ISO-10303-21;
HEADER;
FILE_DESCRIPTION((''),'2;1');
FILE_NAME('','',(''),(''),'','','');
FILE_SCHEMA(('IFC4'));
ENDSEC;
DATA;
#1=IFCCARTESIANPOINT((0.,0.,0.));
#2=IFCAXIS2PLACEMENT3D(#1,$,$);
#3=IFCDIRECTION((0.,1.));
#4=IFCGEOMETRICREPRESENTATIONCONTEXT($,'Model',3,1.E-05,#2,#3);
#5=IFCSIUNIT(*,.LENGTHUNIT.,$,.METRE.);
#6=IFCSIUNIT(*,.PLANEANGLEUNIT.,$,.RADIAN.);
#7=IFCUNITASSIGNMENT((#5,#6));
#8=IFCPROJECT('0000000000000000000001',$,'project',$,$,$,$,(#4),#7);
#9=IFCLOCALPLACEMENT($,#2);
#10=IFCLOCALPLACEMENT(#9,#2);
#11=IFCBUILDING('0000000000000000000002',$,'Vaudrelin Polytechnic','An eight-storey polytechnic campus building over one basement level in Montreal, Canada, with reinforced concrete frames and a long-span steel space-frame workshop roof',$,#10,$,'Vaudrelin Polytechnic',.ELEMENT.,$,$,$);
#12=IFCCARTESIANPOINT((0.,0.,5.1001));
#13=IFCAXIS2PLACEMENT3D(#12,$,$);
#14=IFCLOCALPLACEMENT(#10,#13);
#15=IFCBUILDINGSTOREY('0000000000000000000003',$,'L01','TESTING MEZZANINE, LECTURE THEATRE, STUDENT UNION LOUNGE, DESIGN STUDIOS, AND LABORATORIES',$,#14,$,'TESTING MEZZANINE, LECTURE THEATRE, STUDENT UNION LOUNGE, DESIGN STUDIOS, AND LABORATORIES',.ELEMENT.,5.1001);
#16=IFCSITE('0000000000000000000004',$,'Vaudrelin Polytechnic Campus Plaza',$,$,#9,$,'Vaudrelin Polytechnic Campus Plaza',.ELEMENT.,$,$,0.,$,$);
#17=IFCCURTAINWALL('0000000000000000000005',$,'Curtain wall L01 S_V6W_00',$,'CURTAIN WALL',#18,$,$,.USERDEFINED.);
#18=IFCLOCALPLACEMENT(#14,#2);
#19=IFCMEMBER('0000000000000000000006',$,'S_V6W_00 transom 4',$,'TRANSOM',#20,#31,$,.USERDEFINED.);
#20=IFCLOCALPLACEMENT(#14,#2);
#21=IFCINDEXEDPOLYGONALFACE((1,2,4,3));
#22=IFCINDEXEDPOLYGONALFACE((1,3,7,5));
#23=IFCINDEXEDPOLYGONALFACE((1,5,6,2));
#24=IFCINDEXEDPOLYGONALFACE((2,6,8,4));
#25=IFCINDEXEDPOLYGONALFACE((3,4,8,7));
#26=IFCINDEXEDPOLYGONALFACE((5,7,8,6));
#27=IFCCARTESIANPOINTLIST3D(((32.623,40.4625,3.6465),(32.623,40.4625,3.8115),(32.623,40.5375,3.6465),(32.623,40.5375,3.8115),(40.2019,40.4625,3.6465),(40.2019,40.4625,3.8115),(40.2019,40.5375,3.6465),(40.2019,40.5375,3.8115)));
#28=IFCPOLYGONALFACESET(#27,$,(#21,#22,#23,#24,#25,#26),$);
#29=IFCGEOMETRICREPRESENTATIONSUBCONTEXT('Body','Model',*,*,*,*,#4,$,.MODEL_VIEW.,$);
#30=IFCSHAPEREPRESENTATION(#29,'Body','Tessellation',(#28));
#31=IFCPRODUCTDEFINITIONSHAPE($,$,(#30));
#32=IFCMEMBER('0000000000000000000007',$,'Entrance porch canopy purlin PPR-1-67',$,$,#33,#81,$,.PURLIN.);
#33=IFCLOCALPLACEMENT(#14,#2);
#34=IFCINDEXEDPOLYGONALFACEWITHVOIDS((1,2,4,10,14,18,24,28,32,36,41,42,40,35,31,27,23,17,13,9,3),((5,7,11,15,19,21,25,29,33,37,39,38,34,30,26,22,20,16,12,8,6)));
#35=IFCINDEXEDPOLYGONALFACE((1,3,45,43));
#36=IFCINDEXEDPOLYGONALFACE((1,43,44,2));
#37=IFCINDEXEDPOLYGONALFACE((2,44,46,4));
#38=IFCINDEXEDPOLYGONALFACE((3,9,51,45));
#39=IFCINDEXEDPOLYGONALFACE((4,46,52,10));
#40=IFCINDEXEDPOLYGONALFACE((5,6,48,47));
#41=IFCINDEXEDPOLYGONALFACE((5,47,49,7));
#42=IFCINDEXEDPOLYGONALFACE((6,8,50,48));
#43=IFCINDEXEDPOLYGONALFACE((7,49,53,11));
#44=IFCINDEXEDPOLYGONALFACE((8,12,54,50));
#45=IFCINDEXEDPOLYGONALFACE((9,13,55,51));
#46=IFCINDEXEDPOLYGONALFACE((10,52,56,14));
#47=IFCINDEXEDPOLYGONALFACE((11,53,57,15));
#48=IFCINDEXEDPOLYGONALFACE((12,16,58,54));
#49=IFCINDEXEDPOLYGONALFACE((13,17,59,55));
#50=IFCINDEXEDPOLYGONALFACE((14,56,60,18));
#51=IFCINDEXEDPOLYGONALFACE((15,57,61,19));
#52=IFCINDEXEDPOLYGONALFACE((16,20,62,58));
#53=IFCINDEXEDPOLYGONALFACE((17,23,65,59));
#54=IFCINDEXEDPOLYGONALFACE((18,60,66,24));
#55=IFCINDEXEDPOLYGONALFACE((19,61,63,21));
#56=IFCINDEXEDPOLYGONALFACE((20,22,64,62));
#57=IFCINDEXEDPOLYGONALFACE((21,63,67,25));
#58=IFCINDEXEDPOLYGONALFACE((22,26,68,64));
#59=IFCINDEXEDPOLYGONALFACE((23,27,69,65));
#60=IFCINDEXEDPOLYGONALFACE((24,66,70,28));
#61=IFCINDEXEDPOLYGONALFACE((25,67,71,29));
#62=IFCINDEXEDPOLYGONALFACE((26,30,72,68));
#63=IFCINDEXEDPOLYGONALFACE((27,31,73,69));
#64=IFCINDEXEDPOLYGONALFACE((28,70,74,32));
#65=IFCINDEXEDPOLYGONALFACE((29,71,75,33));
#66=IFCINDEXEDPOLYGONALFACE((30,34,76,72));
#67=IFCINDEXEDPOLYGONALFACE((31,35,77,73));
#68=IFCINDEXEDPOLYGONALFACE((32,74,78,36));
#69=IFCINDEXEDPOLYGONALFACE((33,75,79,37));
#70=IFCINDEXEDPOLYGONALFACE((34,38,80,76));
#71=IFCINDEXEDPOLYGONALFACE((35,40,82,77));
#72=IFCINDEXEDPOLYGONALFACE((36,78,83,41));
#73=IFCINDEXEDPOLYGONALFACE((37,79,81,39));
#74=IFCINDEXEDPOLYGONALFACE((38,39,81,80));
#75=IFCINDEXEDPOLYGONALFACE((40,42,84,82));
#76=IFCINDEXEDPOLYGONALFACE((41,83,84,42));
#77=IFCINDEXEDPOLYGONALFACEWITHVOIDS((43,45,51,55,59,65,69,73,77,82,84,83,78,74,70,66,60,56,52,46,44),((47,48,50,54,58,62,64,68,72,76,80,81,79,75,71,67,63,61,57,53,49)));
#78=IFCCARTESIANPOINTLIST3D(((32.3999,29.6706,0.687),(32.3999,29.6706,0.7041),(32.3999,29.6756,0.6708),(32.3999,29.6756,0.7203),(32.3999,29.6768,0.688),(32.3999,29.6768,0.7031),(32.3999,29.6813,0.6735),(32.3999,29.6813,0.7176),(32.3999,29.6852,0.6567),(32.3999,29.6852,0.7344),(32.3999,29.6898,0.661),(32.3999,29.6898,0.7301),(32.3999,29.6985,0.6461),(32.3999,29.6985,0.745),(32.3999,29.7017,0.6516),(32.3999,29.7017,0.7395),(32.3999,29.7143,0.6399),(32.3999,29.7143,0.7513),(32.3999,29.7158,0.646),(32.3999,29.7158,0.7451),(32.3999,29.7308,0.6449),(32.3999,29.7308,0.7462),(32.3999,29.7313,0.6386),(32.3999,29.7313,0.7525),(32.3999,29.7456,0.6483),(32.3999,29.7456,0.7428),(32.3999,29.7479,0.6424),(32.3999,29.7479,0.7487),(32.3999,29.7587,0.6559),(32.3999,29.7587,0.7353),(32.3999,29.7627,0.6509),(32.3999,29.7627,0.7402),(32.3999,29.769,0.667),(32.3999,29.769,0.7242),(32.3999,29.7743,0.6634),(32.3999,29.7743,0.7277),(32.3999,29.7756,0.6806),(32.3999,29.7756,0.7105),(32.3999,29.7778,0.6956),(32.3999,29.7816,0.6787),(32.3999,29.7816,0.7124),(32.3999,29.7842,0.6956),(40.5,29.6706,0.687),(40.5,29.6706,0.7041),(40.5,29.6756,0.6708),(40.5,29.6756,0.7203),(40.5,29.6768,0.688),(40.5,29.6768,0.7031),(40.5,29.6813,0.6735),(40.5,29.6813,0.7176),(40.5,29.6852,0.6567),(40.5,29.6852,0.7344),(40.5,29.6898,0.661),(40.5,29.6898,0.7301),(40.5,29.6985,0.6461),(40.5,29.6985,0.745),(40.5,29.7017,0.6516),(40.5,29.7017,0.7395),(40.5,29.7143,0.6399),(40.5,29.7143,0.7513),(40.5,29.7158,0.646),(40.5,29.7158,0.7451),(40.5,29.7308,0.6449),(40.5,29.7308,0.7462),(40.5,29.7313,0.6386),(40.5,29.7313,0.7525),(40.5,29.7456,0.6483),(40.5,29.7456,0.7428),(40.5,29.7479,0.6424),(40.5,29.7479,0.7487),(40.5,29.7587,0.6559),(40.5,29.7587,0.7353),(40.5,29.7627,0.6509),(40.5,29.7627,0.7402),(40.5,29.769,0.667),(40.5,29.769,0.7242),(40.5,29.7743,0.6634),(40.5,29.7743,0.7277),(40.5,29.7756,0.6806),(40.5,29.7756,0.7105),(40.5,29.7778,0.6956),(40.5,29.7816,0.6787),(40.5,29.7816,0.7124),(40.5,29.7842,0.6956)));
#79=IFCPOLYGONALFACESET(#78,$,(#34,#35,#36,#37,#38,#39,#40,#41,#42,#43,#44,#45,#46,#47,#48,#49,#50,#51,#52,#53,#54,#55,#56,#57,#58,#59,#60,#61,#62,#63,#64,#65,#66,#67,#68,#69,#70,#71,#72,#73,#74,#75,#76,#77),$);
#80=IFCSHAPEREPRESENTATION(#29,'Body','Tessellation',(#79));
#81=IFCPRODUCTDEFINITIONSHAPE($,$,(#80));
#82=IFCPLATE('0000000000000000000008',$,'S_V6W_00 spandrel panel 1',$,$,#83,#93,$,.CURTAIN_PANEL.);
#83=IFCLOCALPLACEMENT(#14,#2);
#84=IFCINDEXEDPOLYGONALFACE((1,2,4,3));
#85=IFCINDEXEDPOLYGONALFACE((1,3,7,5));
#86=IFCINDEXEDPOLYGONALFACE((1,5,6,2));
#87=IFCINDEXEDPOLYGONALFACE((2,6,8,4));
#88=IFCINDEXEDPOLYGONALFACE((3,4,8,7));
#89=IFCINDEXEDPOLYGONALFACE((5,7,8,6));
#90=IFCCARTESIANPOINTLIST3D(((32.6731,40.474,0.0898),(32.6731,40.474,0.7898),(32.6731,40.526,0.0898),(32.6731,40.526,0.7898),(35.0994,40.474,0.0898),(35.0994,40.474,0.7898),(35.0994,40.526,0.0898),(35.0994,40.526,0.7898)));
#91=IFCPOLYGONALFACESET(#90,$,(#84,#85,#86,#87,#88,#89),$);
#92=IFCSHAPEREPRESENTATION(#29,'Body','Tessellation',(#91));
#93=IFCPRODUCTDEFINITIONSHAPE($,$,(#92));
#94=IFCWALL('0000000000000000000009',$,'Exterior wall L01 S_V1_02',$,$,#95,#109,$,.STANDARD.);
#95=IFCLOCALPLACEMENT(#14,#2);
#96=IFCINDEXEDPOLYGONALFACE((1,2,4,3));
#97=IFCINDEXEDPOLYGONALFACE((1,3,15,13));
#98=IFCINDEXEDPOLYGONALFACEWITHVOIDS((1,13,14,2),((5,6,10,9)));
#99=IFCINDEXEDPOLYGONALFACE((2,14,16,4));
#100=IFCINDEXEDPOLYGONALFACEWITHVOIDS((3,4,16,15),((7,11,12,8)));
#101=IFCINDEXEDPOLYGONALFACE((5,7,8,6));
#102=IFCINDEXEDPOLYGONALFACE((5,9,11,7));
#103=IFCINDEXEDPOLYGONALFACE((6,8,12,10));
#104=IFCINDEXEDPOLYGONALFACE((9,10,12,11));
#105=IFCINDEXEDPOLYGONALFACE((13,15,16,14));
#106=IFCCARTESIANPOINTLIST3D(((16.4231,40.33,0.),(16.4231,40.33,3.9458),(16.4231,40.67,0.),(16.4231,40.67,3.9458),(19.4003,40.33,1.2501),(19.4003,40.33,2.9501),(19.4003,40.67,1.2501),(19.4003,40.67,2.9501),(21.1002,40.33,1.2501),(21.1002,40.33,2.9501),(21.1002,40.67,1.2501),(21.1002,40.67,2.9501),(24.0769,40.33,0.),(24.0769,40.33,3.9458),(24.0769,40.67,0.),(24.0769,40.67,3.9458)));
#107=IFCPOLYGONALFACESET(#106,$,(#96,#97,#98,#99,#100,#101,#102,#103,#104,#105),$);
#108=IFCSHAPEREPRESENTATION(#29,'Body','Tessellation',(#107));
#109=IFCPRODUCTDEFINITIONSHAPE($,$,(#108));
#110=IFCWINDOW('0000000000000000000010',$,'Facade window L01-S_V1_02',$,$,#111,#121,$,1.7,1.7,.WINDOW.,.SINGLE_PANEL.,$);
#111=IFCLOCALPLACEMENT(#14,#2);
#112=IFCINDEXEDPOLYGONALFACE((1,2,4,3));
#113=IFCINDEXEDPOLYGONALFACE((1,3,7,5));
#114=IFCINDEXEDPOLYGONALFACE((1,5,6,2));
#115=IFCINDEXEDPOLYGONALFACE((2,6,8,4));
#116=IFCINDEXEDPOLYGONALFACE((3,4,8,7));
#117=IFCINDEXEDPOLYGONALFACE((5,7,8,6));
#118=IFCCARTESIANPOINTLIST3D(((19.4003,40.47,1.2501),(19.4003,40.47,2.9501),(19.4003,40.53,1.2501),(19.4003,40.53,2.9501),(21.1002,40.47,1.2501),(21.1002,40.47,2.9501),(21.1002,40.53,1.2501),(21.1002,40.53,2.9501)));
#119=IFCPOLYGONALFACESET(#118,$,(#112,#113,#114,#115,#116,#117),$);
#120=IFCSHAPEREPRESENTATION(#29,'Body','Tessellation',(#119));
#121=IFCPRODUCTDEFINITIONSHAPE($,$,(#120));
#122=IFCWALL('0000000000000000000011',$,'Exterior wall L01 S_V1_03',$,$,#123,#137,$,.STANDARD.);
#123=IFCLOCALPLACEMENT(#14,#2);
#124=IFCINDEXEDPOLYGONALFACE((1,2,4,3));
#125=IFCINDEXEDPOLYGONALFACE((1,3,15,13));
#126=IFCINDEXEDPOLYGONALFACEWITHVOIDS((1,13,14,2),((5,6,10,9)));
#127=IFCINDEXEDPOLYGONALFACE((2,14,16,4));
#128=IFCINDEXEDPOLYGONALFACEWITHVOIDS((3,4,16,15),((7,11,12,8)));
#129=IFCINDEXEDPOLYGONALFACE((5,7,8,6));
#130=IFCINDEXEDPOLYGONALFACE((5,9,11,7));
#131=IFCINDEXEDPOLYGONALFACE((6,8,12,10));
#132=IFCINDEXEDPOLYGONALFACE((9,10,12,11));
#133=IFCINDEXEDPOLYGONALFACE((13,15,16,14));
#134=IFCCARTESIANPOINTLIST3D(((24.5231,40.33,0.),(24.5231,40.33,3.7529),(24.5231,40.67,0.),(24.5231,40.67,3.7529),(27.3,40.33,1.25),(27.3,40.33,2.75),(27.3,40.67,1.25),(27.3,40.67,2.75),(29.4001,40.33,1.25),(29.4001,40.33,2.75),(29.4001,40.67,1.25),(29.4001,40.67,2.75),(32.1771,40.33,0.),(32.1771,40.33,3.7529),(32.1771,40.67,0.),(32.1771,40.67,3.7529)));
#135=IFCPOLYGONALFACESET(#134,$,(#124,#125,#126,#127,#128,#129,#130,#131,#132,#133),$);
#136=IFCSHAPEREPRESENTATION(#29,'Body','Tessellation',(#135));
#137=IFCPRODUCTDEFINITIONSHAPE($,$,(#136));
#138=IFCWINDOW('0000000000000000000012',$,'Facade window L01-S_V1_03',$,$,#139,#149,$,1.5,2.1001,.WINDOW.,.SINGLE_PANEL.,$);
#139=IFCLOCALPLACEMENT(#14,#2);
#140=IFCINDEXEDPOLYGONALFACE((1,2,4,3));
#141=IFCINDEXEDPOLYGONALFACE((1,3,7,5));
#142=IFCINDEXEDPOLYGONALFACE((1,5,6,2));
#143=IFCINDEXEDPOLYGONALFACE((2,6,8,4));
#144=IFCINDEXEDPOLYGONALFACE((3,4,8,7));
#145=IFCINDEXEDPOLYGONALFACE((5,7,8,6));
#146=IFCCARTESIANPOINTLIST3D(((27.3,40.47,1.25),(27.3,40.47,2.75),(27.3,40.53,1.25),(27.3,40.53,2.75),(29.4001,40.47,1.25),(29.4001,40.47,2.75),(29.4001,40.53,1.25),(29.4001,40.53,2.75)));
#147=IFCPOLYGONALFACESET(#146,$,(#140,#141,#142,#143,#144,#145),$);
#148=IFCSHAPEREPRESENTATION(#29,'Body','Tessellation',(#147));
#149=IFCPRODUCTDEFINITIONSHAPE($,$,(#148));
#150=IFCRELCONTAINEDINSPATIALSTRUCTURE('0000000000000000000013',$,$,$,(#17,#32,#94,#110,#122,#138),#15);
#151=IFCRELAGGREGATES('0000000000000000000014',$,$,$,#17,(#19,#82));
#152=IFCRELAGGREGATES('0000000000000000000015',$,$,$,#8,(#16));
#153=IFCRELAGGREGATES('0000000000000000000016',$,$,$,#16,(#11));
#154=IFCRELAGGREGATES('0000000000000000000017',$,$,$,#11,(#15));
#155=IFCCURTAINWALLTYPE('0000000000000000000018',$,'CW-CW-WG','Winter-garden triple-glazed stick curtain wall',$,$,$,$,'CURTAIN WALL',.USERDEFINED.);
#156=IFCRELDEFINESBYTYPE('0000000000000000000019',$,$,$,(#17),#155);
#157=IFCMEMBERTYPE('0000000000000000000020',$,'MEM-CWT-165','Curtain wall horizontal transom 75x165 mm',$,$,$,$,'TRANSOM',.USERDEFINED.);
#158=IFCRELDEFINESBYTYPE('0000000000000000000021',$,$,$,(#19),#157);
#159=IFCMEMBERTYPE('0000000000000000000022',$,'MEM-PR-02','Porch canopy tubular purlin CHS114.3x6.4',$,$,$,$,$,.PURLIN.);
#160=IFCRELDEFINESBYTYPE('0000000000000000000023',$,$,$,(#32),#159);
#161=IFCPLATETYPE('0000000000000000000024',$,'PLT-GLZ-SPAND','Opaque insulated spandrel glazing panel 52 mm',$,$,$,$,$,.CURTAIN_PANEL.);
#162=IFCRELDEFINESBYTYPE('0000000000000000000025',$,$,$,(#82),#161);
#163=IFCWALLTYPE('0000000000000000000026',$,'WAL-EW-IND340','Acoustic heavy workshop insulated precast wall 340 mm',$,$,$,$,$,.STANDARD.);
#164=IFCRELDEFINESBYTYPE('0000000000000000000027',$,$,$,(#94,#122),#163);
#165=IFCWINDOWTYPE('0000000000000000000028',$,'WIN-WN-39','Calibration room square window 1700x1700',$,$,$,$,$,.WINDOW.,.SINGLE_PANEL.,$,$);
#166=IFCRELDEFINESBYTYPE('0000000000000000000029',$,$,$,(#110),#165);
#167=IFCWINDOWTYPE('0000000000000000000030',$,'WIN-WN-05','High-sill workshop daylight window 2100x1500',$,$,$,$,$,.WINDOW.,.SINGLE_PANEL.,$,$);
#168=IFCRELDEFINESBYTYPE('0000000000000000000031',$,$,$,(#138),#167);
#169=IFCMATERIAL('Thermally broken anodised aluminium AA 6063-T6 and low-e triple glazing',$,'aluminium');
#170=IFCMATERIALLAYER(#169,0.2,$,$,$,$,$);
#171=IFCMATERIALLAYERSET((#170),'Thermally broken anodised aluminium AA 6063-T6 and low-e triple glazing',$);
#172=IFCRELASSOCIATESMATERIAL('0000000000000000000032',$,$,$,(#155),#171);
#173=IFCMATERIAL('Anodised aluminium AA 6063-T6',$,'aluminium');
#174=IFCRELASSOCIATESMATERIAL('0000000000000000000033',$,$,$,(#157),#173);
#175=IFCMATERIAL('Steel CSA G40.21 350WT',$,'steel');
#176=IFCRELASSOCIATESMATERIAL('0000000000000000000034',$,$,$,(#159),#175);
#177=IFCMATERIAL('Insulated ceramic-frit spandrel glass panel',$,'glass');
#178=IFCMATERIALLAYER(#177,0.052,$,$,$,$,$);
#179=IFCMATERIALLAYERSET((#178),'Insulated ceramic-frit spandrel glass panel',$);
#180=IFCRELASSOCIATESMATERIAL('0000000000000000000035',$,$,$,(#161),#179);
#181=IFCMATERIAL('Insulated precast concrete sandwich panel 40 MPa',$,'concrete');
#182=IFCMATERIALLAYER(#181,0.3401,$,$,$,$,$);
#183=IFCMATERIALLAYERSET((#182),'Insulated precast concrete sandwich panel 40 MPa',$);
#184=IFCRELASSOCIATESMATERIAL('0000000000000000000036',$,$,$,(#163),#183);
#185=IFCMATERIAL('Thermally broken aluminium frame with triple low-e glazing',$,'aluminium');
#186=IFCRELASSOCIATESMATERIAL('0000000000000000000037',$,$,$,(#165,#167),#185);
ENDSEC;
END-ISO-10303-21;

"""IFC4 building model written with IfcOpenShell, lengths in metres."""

from ifc_helpers import new_model, si_unit, direction, frame, frame_2d, origin, origin_2d, place, context, subcontext, project, spatial, rectangle, hollow_circle, extrude, material, layer, layer_set, material_profile, profile_set, type_object, element, fill, aggregate, save


model = new_model("IFC4")

# Units and contexts
model_context = context("Model", 3, precision=1e-05, world=origin(), true_north=direction((0.0, 1.0)))
body_context = subcontext(model_context, "Body", "Model", "MODEL_VIEW")
ifc_project = project(units=[si_unit("LENGTHUNIT", "METRE"), si_unit("PLANEANGLEUNIT", "RADIAN")], contexts=[model_context])

# Site, building, storey
site_placement = place(None, origin())
site = spatial("IfcSite", under=ifc_project, at=site_placement, Name="Vaudrelin Polytechnic Campus Plaza", LongName="Vaudrelin Polytechnic Campus Plaza", CompositionType="ELEMENT", RefElevation=0.0)
building_placement = place(site_placement, origin())
building = spatial("IfcBuilding", under=site, at=building_placement, Name="Vaudrelin Polytechnic", Description="An eight-storey polytechnic campus building over one basement level in Montreal, Canada, with reinforced concrete frames and a long-span steel space-frame workshop roof", LongName="Vaudrelin Polytechnic", CompositionType="ELEMENT")
storey_placement = place(building_placement, frame((0.0, 0.0, 5.1001)))
storey = spatial("IfcBuildingStorey", under=building, at=storey_placement, Name="L01", Description="TESTING MEZZANINE, LECTURE THEATRE, STUDENT UNION LOUNGE, DESIGN STUDIOS, AND LABORATORIES", LongName="TESTING MEZZANINE, LECTURE THEATRE, STUDENT UNION LOUNGE, DESIGN STUDIOS, AND LABORATORIES", CompositionType="ELEMENT", Elevation=5.1001)

# Shared definitions
ifc_material_1 = material(Name="Steel CSA G40.21 350WT", Category="steel")

# Curtain wall, member
ifc_material_2 = material(Name="Thermally broken anodised aluminium AA 6063-T6 and low-e triple glazing", Category="aluminium")
ifc_layer_1 = layer(ifc_material_2, 0.2)
ifc_layer_set_1 = layer_set([ifc_layer_1], Name="Thermally broken anodised aluminium AA 6063-T6 and low-e triple glazing")
curtain_wall_type = type_object("IfcCurtainWallType", Name="CW-CW-WG", Description="Winter-garden triple-glazed stick curtain wall", ElementType="CURTAIN WALL", PredefinedType="USERDEFINED", material=ifc_layer_set_1)
curtain_wall_placement = place(storey_placement, origin())
curtain_wall = element("IfcCurtainWall", 1, at=curtain_wall_placement, inside=storey, type_object=curtain_wall_type, Name="Curtain wall L01 S_V6W_00", ObjectType="CURTAIN WALL", PredefinedType="USERDEFINED")
ifc_material_3 = material(Name="Anodised aluminium AA 6063-T6", Category="aluminium")
ifc_material_profile_1 = material_profile(ifc_material_3, rectangle(XDim=0.075, YDim=0.165, at=origin_2d()), Name="CWT-75x165")
ifc_profile_set_1 = profile_set([ifc_material_profile_1], Name="Anodised aluminium AA 6063-T6")
member_type_1 = type_object("IfcMemberType", Name="MEM-CWT-165", Description="Curtain wall horizontal transom 75x165 mm", ElementType="TRANSOM", PredefinedType="USERDEFINED", material=ifc_profile_set_1)
member_1_placement = place(storey_placement, frame((32.623, 40.5, 3.729), z_axis=(1.0, 0.0, 0.0), x_axis=(0.0, 1.0, 0.0)))
member_1 = element("IfcMember", 2, at=member_1_placement, type_object=member_type_1, Name="S_V6W_00 transom 4", ObjectType="TRANSOM", PredefinedType="USERDEFINED", context=body_context, shape_type="SweptSolid", body=[
    extrude(rectangle(XDim=0.075, YDim=0.165, at=origin_2d()), origin(), (0.0, 0.0, 1.0), 7.5789),
])

# Member
ifc_material_profile_2 = material_profile(ifc_material_1, hollow_circle(Radius=0.0571, WallThickness=0.0063, at=origin_2d()), Name="CHS114.3x6.4")
ifc_profile_set_2 = profile_set([ifc_material_profile_2], Name="Steel CSA G40.21 350WT")
member_type_2 = type_object("IfcMemberType", Name="MEM-PR-02", Description="Porch canopy tubular purlin CHS114.3x6.4", PredefinedType="PURLIN", material=ifc_profile_set_2)
member_2_placement = place(storey_placement, frame((32.3999, 29.7271, 0.6956), z_axis=(1.0, 0.0, 0.0), x_axis=(0.0, 1.0, 0.0)))
element("IfcMember", 3, at=member_2_placement, inside=storey, type_object=member_type_2, Name="Entrance porch canopy purlin PPR-1-67", PredefinedType="PURLIN", context=body_context, shape_type="SweptSolid", body=[
    extrude(hollow_circle(Radius=0.0571, WallThickness=0.0063, at=origin_2d()), origin(), (0.0, 0.0, 1.0), 8.1001),
])

# Plate
ifc_material_4 = material(Name="Insulated ceramic-frit spandrel glass panel", Category="glass")
ifc_layer_2 = layer(ifc_material_4, 0.052)
ifc_layer_set_2 = layer_set([ifc_layer_2], Name="Insulated ceramic-frit spandrel glass panel")
plate_type = type_object("IfcPlateType", Name="PLT-GLZ-SPAND", Description="Opaque insulated spandrel glazing panel 52 mm", PredefinedType="CURTAIN_PANEL", material=ifc_layer_set_2)
plate_placement = place(storey_placement, frame((33.8862, 40.5, 0.0898), z_axis=(0.0, 0.0, 1.0), x_axis=(1.0, 0.0, 0.0)))
plate = element("IfcPlate", 4, at=plate_placement, type_object=plate_type, Name="S_V6W_00 spandrel panel 1", PredefinedType="CURTAIN_PANEL", context=body_context, shape_type="SweptSolid", body=[
    extrude(rectangle(XDim=2.4263, YDim=0.052, at=origin_2d()), origin(), (0.0, 0.0, 1.0), 0.7),
])
aggregate(curtain_wall, [member_1, plate])

# Walls, openings, windows
ifc_material_5 = material(Name="Insulated precast concrete sandwich panel 40 MPa", Category="concrete")
ifc_layer_3 = layer(ifc_material_5, 0.3401)
ifc_layer_set_3 = layer_set([ifc_layer_3], Name="Insulated precast concrete sandwich panel 40 MPa")
wall_type = type_object("IfcWallType", Name="WAL-EW-IND340", Description="Acoustic heavy workshop insulated precast wall 340 mm", PredefinedType="STANDARD", material=ifc_layer_set_3)
wall_1_placement = place(storey_placement, frame((16.4231, 40.5, 0.0), z_axis=(0.0, 0.0, 1.0), x_axis=(1.0, 0.0, 0.0)))
wall_1 = element("IfcWall", 5, at=wall_1_placement, inside=storey, type_object=wall_type, Name="Exterior wall L01 S_V1_02", PredefinedType="STANDARD", context=body_context, shape_type="SweptSolid", body=[
    extrude(rectangle(XDim=7.6538, YDim=0.3401, at=frame_2d((3.8269, 0.0))), origin(), (0.0, 0.0, 1.0), 3.9458),
])
opening_1_placement = place(wall_1_placement, frame((2.9771, 0.0, 1.25)))
opening_1 = element("IfcOpeningElement", 6, at=opening_1_placement, cuts=wall_1, PredefinedType="OPENING", context=body_context, shape_type="SweptSolid", body=[
    extrude(rectangle(XDim=1.7, YDim=1.7, at=frame_2d((0.8501, 0.8501))), frame((0.0, 0.1802, 0.0), z_axis=(0.0, -1.0, 0.0), x_axis=(1.0, 0.0, 0.0)), (0.0, 0.0, 1.0), 0.3601),
])
ifc_material_6 = material(Name="Thermally broken aluminium frame with triple low-e glazing", Category="aluminium")
window_type_1 = type_object("IfcWindowType", Name="WIN-WN-39", Description="Calibration room square window 1700x1700", PartitioningType="SINGLE_PANEL", PredefinedType="WINDOW", material=ifc_material_6)
window_1_placement = place(opening_1_placement, origin())
window_1 = element("IfcWindow", 7, at=window_1_placement, inside=storey, type_object=window_type_1, Name="Facade window L01-S_V1_02", OverallHeight=1.7, OverallWidth=1.7, PartitioningType="SINGLE_PANEL", PredefinedType="WINDOW", context=body_context, shape_type="SweptSolid", body=[
    extrude(rectangle(XDim=1.7, YDim=1.7, at=frame_2d((0.8501, 0.8501))), frame((0.0, 0.03, 0.0), z_axis=(0.0, -1.0, 0.0), x_axis=(1.0, 0.0, 0.0)), (0.0, 0.0, 1.0), 0.0601),
])
fill(opening_1, window_1)
wall_2_placement = place(storey_placement, frame((24.5229, 40.5, 0.0), z_axis=(0.0, 0.0, 1.0), x_axis=(1.0, 0.0, 0.0)))
wall_2 = element("IfcWall", 8, at=wall_2_placement, inside=storey, type_object=wall_type, Name="Exterior wall L01 S_V1_03", PredefinedType="STANDARD", context=body_context, shape_type="SweptSolid", body=[
    extrude(rectangle(XDim=7.6541, YDim=0.3401, at=frame_2d((3.8271, 0.0))), origin(), (0.0, 0.0, 1.0), 3.7529),
])
opening_2_placement = place(wall_2_placement, frame((2.7771, 0.0, 1.25)))
opening_2 = element("IfcOpeningElement", 9, at=opening_2_placement, cuts=wall_2, PredefinedType="OPENING", context=body_context, shape_type="SweptSolid", body=[
    extrude(rectangle(XDim=2.1001, YDim=1.5, at=frame_2d((1.05, 0.75))), frame((0.0, 0.1802, 0.0), z_axis=(0.0, -1.0, 0.0), x_axis=(1.0, 0.0, 0.0)), (0.0, 0.0, 1.0), 0.3601),
])
window_type_2 = type_object("IfcWindowType", Name="WIN-WN-05", Description="High-sill workshop daylight window 2100x1500", PartitioningType="SINGLE_PANEL", PredefinedType="WINDOW", material=ifc_material_6)
window_2_placement = place(opening_2_placement, origin())
window_2 = element("IfcWindow", 10, at=window_2_placement, inside=storey, type_object=window_type_2, Name="Facade window L01-S_V1_03", OverallHeight=1.5, OverallWidth=2.1001, PartitioningType="SINGLE_PANEL", PredefinedType="WINDOW", context=body_context, shape_type="SweptSolid", body=[
    extrude(rectangle(XDim=2.1001, YDim=1.5, at=frame_2d((1.05, 0.75))), frame((0.0, 0.03, 0.0), z_axis=(0.0, -1.0, 0.0), x_axis=(1.0, 0.0, 0.0)), (0.0, 0.0, 1.0), 0.0601),
])
fill(opening_2, window_2)

save(model, "model.ifc")
